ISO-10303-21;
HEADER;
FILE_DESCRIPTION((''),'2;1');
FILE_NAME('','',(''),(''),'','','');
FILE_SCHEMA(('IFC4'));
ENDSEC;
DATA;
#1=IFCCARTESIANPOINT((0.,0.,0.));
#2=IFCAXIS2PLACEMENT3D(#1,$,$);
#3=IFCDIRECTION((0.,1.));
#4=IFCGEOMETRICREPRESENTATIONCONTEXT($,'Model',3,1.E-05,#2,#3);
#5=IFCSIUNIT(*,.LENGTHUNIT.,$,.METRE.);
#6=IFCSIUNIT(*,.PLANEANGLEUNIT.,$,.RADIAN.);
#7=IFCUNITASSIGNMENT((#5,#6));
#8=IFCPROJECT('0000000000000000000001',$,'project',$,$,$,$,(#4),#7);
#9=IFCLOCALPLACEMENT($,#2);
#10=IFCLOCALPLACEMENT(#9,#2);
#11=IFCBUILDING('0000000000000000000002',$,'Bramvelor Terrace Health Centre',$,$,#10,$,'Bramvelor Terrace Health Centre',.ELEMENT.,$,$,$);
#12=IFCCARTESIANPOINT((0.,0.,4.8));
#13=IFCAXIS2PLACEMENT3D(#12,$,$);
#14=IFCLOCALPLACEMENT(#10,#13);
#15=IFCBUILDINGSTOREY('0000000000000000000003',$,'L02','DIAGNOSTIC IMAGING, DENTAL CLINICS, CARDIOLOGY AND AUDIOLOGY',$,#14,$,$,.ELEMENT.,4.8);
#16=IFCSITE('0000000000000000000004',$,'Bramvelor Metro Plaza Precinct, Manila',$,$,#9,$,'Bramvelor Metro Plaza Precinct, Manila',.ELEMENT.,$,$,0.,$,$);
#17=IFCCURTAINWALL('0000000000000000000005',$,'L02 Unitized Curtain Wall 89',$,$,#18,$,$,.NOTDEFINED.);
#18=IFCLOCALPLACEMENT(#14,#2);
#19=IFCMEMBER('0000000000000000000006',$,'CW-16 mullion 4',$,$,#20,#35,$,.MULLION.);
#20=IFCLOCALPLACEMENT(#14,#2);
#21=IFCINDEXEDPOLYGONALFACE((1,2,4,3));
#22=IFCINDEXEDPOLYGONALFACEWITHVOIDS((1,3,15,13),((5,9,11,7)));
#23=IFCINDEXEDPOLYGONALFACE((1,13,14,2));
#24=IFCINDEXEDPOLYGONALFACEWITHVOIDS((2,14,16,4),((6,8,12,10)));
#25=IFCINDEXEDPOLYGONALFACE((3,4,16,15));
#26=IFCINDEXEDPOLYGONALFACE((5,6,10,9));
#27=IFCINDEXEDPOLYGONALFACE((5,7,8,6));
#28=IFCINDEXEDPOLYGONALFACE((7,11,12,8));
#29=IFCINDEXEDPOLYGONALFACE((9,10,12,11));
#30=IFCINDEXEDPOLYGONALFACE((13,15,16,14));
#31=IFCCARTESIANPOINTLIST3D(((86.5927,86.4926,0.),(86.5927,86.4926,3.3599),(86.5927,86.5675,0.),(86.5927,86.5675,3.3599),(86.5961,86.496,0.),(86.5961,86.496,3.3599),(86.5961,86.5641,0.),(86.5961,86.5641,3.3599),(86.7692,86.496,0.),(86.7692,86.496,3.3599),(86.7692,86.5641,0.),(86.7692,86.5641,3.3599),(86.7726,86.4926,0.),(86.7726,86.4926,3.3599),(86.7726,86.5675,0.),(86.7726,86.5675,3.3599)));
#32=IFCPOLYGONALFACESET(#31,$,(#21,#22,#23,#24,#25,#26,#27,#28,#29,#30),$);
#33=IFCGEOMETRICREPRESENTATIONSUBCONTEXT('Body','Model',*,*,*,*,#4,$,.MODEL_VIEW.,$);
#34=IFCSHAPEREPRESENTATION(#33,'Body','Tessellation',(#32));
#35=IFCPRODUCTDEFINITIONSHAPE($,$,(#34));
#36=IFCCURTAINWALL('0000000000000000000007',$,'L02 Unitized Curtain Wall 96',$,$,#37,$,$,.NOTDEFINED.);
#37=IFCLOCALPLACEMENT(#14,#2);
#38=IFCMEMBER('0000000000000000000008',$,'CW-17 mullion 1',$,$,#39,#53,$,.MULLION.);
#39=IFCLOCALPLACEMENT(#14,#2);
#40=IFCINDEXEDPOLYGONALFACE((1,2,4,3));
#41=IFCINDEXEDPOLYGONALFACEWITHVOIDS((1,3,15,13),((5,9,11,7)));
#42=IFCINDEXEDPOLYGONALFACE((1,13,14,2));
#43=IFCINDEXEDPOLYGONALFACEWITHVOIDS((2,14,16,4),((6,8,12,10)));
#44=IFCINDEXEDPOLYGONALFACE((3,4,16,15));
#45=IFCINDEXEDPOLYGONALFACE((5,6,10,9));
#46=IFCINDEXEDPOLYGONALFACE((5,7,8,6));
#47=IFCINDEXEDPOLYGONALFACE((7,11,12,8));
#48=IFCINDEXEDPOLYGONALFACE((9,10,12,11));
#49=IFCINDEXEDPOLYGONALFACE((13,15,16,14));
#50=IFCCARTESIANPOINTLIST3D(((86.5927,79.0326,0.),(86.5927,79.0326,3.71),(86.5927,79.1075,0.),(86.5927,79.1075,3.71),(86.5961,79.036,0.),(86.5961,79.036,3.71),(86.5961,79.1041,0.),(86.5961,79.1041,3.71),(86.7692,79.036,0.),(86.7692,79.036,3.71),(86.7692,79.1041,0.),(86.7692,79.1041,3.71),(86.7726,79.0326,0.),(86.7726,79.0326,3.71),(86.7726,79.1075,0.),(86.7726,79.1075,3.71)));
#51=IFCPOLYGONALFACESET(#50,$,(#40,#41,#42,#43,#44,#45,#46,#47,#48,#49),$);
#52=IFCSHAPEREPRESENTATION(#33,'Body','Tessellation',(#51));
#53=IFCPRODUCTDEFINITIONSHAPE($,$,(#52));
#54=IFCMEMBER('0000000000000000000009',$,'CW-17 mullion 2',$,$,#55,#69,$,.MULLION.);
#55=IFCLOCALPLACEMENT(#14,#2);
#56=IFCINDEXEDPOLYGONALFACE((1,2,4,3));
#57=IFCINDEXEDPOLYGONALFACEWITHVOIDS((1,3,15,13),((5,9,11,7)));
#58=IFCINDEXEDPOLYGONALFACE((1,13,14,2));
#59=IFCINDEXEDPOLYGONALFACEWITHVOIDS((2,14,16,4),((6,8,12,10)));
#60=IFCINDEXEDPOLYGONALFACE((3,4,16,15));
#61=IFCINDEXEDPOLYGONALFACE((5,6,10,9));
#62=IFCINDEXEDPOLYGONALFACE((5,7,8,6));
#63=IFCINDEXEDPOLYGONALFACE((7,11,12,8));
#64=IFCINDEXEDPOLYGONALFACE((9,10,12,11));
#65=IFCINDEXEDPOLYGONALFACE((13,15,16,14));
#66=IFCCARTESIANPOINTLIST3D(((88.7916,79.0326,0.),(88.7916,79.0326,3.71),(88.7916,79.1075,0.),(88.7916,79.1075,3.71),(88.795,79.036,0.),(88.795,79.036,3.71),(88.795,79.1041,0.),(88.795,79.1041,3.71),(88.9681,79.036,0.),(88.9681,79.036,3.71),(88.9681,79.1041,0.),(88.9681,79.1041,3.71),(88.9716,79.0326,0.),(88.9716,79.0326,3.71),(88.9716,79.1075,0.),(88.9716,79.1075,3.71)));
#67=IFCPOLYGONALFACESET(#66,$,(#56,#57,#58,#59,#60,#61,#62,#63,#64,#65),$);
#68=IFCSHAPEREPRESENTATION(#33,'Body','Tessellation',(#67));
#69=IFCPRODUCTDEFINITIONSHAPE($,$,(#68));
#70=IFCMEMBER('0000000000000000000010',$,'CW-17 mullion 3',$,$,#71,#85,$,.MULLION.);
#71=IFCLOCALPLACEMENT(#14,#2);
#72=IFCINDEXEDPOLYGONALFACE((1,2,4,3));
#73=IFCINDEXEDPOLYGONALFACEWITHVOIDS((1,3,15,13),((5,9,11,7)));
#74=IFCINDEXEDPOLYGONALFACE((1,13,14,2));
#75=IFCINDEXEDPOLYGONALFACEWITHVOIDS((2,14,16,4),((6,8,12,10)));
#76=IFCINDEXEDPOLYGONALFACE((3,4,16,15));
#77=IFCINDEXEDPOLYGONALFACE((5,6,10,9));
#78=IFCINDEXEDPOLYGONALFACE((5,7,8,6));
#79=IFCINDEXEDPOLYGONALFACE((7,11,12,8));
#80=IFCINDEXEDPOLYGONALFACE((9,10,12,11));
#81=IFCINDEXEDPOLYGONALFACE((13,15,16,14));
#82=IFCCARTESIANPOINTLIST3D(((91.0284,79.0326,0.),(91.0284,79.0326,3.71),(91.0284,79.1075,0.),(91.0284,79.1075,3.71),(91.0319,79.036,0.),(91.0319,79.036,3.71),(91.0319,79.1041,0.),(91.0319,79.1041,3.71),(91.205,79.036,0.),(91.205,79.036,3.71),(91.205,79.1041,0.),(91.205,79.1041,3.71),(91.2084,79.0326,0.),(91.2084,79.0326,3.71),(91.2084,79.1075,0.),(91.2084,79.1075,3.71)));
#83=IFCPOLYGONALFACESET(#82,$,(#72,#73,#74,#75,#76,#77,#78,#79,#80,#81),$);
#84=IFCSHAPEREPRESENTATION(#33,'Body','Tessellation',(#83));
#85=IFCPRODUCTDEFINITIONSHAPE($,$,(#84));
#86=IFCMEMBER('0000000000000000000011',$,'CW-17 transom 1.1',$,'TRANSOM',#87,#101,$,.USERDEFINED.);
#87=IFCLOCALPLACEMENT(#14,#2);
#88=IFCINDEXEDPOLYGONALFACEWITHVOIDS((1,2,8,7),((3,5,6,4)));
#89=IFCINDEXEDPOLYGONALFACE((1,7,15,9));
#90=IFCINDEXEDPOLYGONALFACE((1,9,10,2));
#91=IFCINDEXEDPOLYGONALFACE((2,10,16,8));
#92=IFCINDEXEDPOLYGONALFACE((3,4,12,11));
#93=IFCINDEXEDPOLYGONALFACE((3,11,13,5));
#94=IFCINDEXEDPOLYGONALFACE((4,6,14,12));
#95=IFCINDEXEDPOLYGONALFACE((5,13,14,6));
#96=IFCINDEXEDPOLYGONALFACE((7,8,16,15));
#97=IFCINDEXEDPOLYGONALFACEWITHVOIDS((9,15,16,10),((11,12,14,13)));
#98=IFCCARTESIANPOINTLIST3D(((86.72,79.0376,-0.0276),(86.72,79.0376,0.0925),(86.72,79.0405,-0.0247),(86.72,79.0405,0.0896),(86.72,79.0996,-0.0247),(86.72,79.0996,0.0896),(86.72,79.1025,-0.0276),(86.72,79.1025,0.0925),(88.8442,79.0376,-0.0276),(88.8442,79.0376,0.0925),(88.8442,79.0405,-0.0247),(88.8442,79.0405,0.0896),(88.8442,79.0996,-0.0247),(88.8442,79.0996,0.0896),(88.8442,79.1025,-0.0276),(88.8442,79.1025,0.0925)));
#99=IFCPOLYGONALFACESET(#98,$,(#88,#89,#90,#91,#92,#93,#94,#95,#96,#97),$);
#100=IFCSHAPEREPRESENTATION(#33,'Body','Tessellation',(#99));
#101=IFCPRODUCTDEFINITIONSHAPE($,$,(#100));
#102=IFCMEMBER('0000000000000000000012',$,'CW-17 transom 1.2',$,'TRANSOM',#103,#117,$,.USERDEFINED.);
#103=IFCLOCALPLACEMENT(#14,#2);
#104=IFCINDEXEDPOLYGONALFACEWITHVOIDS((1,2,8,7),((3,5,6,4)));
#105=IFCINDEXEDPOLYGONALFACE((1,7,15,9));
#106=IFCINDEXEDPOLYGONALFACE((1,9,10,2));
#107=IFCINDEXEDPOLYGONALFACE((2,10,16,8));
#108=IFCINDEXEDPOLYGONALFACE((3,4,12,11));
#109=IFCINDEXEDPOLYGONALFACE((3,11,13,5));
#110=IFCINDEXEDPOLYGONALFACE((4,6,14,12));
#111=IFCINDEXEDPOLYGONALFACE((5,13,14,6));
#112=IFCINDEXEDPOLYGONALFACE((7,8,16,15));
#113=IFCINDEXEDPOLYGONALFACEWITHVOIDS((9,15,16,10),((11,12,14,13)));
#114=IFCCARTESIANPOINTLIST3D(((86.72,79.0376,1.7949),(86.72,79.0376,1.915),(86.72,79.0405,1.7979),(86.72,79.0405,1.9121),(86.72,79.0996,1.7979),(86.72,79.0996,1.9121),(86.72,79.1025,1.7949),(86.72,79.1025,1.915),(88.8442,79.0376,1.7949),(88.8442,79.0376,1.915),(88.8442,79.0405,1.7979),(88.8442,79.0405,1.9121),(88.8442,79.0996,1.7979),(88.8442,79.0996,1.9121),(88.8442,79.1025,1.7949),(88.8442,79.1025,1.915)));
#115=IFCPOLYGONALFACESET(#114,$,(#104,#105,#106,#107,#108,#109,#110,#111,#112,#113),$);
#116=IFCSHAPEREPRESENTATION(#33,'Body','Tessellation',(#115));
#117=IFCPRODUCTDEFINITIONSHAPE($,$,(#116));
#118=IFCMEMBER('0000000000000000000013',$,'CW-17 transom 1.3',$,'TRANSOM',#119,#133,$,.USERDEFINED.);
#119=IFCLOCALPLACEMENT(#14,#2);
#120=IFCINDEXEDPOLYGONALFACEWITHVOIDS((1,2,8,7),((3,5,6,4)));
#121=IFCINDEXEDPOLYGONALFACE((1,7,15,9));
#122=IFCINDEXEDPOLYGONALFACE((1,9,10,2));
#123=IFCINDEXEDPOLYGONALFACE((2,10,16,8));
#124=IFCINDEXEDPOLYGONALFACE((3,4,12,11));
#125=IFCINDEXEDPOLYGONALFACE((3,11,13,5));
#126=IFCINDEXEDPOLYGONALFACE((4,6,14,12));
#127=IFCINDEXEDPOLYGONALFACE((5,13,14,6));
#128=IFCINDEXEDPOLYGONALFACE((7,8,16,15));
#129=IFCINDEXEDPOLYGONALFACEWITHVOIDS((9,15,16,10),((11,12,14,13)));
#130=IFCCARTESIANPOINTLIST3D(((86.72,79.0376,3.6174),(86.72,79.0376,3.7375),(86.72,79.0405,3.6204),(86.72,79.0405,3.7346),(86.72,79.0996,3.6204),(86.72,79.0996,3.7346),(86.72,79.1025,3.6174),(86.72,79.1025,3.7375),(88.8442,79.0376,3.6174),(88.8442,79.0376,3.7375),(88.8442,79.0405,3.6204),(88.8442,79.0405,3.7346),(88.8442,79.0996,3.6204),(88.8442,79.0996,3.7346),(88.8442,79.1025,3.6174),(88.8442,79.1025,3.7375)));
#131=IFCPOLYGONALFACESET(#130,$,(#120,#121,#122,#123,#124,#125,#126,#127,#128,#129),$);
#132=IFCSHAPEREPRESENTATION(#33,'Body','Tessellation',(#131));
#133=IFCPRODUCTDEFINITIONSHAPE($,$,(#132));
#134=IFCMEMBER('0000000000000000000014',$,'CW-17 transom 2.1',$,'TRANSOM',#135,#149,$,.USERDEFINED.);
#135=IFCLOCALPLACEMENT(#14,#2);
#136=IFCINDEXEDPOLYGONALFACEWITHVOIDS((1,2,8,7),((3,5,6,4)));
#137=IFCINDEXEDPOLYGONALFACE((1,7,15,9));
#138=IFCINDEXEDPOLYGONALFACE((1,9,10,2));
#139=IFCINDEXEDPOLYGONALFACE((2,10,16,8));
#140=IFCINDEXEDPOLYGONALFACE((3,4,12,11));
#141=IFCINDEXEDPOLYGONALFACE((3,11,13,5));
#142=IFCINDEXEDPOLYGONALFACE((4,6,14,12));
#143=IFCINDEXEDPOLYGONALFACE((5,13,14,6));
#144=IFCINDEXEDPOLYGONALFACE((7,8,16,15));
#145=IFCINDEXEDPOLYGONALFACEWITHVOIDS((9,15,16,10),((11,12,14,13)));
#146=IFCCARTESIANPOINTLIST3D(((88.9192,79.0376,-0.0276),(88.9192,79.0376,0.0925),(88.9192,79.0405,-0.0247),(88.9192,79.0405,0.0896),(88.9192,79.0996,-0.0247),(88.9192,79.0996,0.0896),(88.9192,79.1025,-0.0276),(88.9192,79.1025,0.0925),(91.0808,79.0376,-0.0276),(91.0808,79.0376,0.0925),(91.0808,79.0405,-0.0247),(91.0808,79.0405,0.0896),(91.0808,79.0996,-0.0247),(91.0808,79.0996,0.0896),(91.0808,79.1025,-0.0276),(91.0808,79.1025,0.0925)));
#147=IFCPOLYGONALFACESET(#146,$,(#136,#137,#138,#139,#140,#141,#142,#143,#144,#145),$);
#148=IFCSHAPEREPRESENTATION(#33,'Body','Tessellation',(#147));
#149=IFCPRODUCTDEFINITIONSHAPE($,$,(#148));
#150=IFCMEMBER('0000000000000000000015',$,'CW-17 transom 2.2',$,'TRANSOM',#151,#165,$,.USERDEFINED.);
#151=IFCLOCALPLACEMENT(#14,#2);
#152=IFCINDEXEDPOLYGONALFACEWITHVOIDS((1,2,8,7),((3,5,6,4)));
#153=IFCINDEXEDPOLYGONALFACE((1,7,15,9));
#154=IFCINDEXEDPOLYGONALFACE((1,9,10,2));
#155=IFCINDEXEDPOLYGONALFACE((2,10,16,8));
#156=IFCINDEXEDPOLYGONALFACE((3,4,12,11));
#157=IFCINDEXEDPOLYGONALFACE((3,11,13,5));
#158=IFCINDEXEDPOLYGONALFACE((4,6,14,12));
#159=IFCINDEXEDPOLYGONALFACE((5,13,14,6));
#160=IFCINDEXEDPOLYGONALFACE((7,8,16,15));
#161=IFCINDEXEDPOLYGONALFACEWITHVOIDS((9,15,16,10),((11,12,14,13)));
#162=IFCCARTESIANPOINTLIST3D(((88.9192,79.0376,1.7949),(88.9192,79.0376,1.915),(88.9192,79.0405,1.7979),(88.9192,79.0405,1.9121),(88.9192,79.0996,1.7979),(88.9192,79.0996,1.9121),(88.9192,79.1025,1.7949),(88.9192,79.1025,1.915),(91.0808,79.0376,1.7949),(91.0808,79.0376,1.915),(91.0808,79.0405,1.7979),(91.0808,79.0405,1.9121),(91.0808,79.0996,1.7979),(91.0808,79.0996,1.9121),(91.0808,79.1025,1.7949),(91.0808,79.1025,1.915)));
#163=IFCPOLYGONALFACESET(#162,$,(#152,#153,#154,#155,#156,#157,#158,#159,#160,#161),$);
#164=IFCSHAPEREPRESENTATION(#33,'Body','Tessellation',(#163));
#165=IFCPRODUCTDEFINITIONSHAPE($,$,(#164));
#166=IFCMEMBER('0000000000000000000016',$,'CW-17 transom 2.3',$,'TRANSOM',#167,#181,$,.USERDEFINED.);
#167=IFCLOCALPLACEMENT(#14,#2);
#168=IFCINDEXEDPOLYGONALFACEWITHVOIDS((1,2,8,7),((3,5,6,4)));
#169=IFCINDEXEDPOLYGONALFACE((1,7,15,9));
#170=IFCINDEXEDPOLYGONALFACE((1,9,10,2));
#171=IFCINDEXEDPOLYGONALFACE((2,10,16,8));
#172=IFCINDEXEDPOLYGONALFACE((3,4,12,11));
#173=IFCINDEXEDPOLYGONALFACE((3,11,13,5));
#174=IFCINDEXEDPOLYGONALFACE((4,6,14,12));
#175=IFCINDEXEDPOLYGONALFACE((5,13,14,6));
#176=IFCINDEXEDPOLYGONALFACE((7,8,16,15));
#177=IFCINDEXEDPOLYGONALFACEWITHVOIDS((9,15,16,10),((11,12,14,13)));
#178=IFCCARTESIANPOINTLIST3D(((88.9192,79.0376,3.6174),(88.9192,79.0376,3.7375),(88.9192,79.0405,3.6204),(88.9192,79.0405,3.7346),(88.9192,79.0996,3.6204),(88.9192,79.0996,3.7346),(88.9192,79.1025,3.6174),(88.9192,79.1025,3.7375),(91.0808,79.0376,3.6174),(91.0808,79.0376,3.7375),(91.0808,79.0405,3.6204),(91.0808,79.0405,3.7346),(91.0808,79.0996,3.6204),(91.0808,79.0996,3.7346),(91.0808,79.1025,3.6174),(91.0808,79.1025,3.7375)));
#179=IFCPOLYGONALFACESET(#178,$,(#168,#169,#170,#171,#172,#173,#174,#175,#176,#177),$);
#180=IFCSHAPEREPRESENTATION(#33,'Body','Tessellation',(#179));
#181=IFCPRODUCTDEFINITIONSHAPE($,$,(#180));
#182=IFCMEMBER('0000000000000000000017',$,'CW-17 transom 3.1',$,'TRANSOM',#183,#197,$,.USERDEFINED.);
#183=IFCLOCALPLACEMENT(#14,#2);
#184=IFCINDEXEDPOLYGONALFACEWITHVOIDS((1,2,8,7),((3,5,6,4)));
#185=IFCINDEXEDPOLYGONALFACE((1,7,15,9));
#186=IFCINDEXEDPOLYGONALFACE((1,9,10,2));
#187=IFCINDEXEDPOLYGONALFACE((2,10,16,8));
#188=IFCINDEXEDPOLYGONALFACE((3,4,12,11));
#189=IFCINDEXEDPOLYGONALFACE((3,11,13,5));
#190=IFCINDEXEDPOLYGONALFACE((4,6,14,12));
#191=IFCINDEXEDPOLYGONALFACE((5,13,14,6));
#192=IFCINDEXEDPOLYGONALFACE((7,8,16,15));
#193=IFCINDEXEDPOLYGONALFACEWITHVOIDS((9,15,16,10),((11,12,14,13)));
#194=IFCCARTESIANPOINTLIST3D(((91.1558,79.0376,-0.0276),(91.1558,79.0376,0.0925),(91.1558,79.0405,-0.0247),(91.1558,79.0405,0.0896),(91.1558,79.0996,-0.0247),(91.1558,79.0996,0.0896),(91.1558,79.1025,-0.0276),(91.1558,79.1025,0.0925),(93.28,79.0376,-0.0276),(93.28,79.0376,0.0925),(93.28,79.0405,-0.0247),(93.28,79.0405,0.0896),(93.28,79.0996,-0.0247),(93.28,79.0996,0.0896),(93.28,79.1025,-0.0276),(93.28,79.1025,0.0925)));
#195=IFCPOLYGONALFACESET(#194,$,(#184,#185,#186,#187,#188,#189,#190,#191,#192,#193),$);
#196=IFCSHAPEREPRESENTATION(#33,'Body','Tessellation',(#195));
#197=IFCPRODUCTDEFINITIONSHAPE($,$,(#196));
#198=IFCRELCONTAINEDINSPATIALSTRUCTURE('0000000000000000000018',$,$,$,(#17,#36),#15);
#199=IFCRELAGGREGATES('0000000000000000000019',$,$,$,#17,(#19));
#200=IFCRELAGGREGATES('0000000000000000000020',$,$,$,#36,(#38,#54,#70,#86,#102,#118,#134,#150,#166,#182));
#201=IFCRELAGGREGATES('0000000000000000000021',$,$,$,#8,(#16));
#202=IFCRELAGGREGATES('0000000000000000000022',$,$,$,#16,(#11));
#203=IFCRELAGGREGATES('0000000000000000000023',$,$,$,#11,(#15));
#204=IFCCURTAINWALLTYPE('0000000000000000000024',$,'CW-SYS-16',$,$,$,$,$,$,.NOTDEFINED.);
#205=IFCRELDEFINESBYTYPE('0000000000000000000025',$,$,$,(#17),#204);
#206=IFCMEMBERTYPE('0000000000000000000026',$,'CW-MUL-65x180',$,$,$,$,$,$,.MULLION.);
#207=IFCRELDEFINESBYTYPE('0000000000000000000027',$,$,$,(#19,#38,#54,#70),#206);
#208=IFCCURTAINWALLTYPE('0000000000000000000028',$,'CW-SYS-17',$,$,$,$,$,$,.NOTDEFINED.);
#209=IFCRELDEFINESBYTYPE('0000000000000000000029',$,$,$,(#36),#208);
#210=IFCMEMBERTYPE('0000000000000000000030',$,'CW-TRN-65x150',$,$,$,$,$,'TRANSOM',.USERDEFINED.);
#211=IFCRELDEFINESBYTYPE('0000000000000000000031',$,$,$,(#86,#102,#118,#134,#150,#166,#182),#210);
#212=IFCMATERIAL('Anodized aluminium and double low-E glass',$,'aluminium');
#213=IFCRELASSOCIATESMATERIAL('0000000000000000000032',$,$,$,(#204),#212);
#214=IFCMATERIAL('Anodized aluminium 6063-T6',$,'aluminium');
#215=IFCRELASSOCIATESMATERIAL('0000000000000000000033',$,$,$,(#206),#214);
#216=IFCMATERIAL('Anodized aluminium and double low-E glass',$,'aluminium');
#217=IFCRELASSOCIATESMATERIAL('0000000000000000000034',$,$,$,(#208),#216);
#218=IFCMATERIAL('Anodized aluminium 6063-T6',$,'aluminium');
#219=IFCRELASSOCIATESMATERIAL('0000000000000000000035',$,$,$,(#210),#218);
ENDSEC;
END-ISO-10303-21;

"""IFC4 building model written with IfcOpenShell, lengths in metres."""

from ifc_helpers import new_model, si_unit, direction, frame, origin, origin_2d, place, context, subcontext, project, spatial, hollow_rectangle, extrude, material, material_profile, profile_set, type_object, element, aggregate, save


model = new_model("IFC4")

# Units and contexts
model_context = context("Model", 3, precision=1e-05, world=origin(), true_north=direction((0.0, 1.0)))
body_context = subcontext(model_context, "Body", "Model", "MODEL_VIEW")
ifc_project = project(units=[si_unit("LENGTHUNIT", "METRE"), si_unit("PLANEANGLEUNIT", "RADIAN")], contexts=[model_context])

# Site, building, storey
site_placement = place(None, origin())
site = spatial("IfcSite", under=ifc_project, at=site_placement, Name="Bramvelor Metro Plaza Precinct, Manila", LongName="Bramvelor Metro Plaza Precinct, Manila", CompositionType="ELEMENT", RefElevation=0.0)
building_placement = place(site_placement, origin())
building = spatial("IfcBuilding", under=site, at=building_placement, Name="Bramvelor Terrace Health Centre", LongName="Bramvelor Terrace Health Centre", CompositionType="ELEMENT")
storey_placement = place(building_placement, frame((0.0, 0.0, 4.8)))
storey = spatial("IfcBuildingStorey", under=building, at=storey_placement, Name="L02", Description="DIAGNOSTIC IMAGING, DENTAL CLINICS, CARDIOLOGY AND AUDIOLOGY", CompositionType="ELEMENT", Elevation=4.8)

# Curtain wall, member
ifc_material_1 = material(Name="Anodized aluminium and double low-E glass", Category="aluminium")
curtain_wall_type_1 = type_object("IfcCurtainWallType", Name="CW-SYS-16", PredefinedType="NOTDEFINED", material=ifc_material_1)
curtain_wall_1_placement = place(storey_placement, origin())
curtain_wall_1 = element("IfcCurtainWall", 1, at=curtain_wall_1_placement, inside=storey, type_object=curtain_wall_type_1, Name="L02 Unitized Curtain Wall 89", PredefinedType="NOTDEFINED")
ifc_material_2 = material(Name="Anodized aluminium 6063-T6", Category="aluminium")
ifc_material_profile_1 = material_profile(ifc_material_2, hollow_rectangle(XDim=0.075, YDim=0.1799, WallThickness=0.0034, at=origin_2d()), Name="ALU-MUL 75x180x3.5")
ifc_profile_set_1 = profile_set([ifc_material_profile_1], Name="Anodized aluminium 6063-T6")
member_type_1 = type_object("IfcMemberType", Name="CW-MUL-65x180", PredefinedType="MULLION", material=ifc_profile_set_1)
member_1_placement = place(storey_placement, frame((86.6826, 86.53, 0.0), z_axis=(0.0, 0.0, 1.0), x_axis=(0.0, -1.0, 0.0)))
member_1 = element("IfcMember", 2, at=member_1_placement, type_object=member_type_1, Name="CW-16 mullion 4", PredefinedType="MULLION", context=body_context, shape_type="SweptSolid", body=[
    extrude(hollow_rectangle(XDim=0.075, YDim=0.1799, WallThickness=0.0034, at=origin_2d()), origin(), (0.0, 0.0, 1.0), 3.3599),
])

# Curtain wall, members
ifc_material_3 = material(Name="Anodized aluminium and double low-E glass", Category="aluminium")
curtain_wall_type_2 = type_object("IfcCurtainWallType", Name="CW-SYS-17", PredefinedType="NOTDEFINED", material=ifc_material_3)
curtain_wall_2_placement = place(storey_placement, origin())
curtain_wall_2 = element("IfcCurtainWall", 3, at=curtain_wall_2_placement, inside=storey, type_object=curtain_wall_type_2, Name="L02 Unitized Curtain Wall 96", PredefinedType="NOTDEFINED")
member_2_placement = place(storey_placement, frame((86.6826, 79.0701, 0.0), z_axis=(0.0, 0.0, 1.0), x_axis=(0.0, 1.0, 0.0)))
member_2 = element("IfcMember", 4, at=member_2_placement, type_object=member_type_1, Name="CW-17 mullion 1", PredefinedType="MULLION", context=body_context, shape_type="SweptSolid", body=[
    extrude(hollow_rectangle(XDim=0.075, YDim=0.1799, WallThickness=0.0034, at=origin_2d()), origin(), (0.0, 0.0, 1.0), 3.71),
])
member_3_placement = place(storey_placement, frame((88.8816, 79.0701, 0.0), z_axis=(0.0, 0.0, 1.0), x_axis=(0.0, 1.0, 0.0)))
member_3 = element("IfcMember", 5, at=member_3_placement, type_object=member_type_1, Name="CW-17 mullion 2", PredefinedType="MULLION", context=body_context, shape_type="SweptSolid", body=[
    extrude(hollow_rectangle(XDim=0.075, YDim=0.1799, WallThickness=0.0034, at=origin_2d()), origin(), (0.0, 0.0, 1.0), 3.71),
])
member_4_placement = place(storey_placement, frame((91.1184, 79.0701, 0.0), z_axis=(0.0, 0.0, 1.0), x_axis=(0.0, 1.0, 0.0)))
member_4 = element("IfcMember", 6, at=member_4_placement, type_object=member_type_1, Name="CW-17 mullion 3", PredefinedType="MULLION", context=body_context, shape_type="SweptSolid", body=[
    extrude(hollow_rectangle(XDim=0.075, YDim=0.1799, WallThickness=0.0034, at=origin_2d()), origin(), (0.0, 0.0, 1.0), 3.71),
])
ifc_material_4 = material(Name="Anodized aluminium 6063-T6", Category="aluminium")
ifc_material_profile_2 = material_profile(ifc_material_4, hollow_rectangle(XDim=0.0649, YDim=0.1201, WallThickness=0.0029, at=origin_2d()), Name="ALU-TRN 65x120x3.0")
ifc_profile_set_2 = profile_set([ifc_material_profile_2], Name="Anodized aluminium 6063-T6")
member_type_2 = type_object("IfcMemberType", Name="CW-TRN-65x150", ElementType="TRANSOM", PredefinedType="USERDEFINED", material=ifc_profile_set_2)
member_5_placement = place(storey_placement, frame((86.72, 79.0701, 0.0325), z_axis=(1.0, 0.0, 0.0), x_axis=(0.0, 1.0, 0.0)))
member_5 = element("IfcMember", 7, at=member_5_placement, type_object=member_type_2, Name="CW-17 transom 1.1", ObjectType="TRANSOM", PredefinedType="USERDEFINED", context=body_context, shape_type="SweptSolid", body=[
    extrude(hollow_rectangle(XDim=0.0649, YDim=0.1201, WallThickness=0.0029, at=origin_2d()), origin(), (0.0, 0.0, 1.0), 2.1243),
])
member_6_placement = place(storey_placement, frame((86.72, 79.0701, 1.855), z_axis=(1.0, 0.0, 0.0), x_axis=(0.0, 1.0, 0.0)))
member_6 = element("IfcMember", 8, at=member_6_placement, type_object=member_type_2, Name="CW-17 transom 1.2", ObjectType="TRANSOM", PredefinedType="USERDEFINED", context=body_context, shape_type="SweptSolid", body=[
    extrude(hollow_rectangle(XDim=0.0649, YDim=0.1201, WallThickness=0.0029, at=origin_2d()), origin(), (0.0, 0.0, 1.0), 2.1243),
])
member_7_placement = place(storey_placement, frame((86.72, 79.0701, 3.6775), z_axis=(1.0, 0.0, 0.0), x_axis=(0.0, 1.0, 0.0)))
member_7 = element("IfcMember", 9, at=member_7_placement, type_object=member_type_2, Name="CW-17 transom 1.3", ObjectType="TRANSOM", PredefinedType="USERDEFINED", context=body_context, shape_type="SweptSolid", body=[
    extrude(hollow_rectangle(XDim=0.0649, YDim=0.1201, WallThickness=0.0029, at=origin_2d()), origin(), (0.0, 0.0, 1.0), 2.1243),
])
member_8_placement = place(storey_placement, frame((88.9192, 79.0701, 0.0325), z_axis=(1.0, 0.0, 0.0), x_axis=(0.0, 1.0, 0.0)))
member_8 = element("IfcMember", 10, at=member_8_placement, type_object=member_type_2, Name="CW-17 transom 2.1", ObjectType="TRANSOM", PredefinedType="USERDEFINED", context=body_context, shape_type="SweptSolid", body=[
    extrude(hollow_rectangle(XDim=0.0649, YDim=0.1201, WallThickness=0.0029, at=origin_2d()), origin(), (0.0, 0.0, 1.0), 2.1616),
])
member_9_placement = place(storey_placement, frame((88.9192, 79.0701, 1.855), z_axis=(1.0, 0.0, 0.0), x_axis=(0.0, 1.0, 0.0)))
member_9 = element("IfcMember", 11, at=member_9_placement, type_object=member_type_2, Name="CW-17 transom 2.2", ObjectType="TRANSOM", PredefinedType="USERDEFINED", context=body_context, shape_type="SweptSolid", body=[
    extrude(hollow_rectangle(XDim=0.0649, YDim=0.1201, WallThickness=0.0029, at=origin_2d()), origin(), (0.0, 0.0, 1.0), 2.1616),
])
member_10_placement = place(storey_placement, frame((88.9192, 79.0701, 3.6775), z_axis=(1.0, 0.0, 0.0), x_axis=(0.0, 1.0, 0.0)))
member_10 = element("IfcMember", 12, at=member_10_placement, type_object=member_type_2, Name="CW-17 transom 2.3", ObjectType="TRANSOM", PredefinedType="USERDEFINED", context=body_context, shape_type="SweptSolid", body=[
    extrude(hollow_rectangle(XDim=0.0649, YDim=0.1201, WallThickness=0.0029, at=origin_2d()), origin(), (0.0, 0.0, 1.0), 2.1616),
])
member_11_placement = place(storey_placement, frame((91.1558, 79.0701, 0.0325), z_axis=(1.0, 0.0, 0.0), x_axis=(0.0, 1.0, 0.0)))
member_11 = element("IfcMember", 13, at=member_11_placement, type_object=member_type_2, Name="CW-17 transom 3.1", ObjectType="TRANSOM", PredefinedType="USERDEFINED", context=body_context, shape_type="SweptSolid", body=[
    extrude(hollow_rectangle(XDim=0.0649, YDim=0.1201, WallThickness=0.0029, at=origin_2d()), origin(), (0.0, 0.0, 1.0), 2.1243),
])

aggregate(curtain_wall_1, [member_1])
aggregate(curtain_wall_2, [member_2, member_3, member_4, member_5, member_6, member_7, member_8, member_9, member_10, member_11])

save(model, "model.ifc")
